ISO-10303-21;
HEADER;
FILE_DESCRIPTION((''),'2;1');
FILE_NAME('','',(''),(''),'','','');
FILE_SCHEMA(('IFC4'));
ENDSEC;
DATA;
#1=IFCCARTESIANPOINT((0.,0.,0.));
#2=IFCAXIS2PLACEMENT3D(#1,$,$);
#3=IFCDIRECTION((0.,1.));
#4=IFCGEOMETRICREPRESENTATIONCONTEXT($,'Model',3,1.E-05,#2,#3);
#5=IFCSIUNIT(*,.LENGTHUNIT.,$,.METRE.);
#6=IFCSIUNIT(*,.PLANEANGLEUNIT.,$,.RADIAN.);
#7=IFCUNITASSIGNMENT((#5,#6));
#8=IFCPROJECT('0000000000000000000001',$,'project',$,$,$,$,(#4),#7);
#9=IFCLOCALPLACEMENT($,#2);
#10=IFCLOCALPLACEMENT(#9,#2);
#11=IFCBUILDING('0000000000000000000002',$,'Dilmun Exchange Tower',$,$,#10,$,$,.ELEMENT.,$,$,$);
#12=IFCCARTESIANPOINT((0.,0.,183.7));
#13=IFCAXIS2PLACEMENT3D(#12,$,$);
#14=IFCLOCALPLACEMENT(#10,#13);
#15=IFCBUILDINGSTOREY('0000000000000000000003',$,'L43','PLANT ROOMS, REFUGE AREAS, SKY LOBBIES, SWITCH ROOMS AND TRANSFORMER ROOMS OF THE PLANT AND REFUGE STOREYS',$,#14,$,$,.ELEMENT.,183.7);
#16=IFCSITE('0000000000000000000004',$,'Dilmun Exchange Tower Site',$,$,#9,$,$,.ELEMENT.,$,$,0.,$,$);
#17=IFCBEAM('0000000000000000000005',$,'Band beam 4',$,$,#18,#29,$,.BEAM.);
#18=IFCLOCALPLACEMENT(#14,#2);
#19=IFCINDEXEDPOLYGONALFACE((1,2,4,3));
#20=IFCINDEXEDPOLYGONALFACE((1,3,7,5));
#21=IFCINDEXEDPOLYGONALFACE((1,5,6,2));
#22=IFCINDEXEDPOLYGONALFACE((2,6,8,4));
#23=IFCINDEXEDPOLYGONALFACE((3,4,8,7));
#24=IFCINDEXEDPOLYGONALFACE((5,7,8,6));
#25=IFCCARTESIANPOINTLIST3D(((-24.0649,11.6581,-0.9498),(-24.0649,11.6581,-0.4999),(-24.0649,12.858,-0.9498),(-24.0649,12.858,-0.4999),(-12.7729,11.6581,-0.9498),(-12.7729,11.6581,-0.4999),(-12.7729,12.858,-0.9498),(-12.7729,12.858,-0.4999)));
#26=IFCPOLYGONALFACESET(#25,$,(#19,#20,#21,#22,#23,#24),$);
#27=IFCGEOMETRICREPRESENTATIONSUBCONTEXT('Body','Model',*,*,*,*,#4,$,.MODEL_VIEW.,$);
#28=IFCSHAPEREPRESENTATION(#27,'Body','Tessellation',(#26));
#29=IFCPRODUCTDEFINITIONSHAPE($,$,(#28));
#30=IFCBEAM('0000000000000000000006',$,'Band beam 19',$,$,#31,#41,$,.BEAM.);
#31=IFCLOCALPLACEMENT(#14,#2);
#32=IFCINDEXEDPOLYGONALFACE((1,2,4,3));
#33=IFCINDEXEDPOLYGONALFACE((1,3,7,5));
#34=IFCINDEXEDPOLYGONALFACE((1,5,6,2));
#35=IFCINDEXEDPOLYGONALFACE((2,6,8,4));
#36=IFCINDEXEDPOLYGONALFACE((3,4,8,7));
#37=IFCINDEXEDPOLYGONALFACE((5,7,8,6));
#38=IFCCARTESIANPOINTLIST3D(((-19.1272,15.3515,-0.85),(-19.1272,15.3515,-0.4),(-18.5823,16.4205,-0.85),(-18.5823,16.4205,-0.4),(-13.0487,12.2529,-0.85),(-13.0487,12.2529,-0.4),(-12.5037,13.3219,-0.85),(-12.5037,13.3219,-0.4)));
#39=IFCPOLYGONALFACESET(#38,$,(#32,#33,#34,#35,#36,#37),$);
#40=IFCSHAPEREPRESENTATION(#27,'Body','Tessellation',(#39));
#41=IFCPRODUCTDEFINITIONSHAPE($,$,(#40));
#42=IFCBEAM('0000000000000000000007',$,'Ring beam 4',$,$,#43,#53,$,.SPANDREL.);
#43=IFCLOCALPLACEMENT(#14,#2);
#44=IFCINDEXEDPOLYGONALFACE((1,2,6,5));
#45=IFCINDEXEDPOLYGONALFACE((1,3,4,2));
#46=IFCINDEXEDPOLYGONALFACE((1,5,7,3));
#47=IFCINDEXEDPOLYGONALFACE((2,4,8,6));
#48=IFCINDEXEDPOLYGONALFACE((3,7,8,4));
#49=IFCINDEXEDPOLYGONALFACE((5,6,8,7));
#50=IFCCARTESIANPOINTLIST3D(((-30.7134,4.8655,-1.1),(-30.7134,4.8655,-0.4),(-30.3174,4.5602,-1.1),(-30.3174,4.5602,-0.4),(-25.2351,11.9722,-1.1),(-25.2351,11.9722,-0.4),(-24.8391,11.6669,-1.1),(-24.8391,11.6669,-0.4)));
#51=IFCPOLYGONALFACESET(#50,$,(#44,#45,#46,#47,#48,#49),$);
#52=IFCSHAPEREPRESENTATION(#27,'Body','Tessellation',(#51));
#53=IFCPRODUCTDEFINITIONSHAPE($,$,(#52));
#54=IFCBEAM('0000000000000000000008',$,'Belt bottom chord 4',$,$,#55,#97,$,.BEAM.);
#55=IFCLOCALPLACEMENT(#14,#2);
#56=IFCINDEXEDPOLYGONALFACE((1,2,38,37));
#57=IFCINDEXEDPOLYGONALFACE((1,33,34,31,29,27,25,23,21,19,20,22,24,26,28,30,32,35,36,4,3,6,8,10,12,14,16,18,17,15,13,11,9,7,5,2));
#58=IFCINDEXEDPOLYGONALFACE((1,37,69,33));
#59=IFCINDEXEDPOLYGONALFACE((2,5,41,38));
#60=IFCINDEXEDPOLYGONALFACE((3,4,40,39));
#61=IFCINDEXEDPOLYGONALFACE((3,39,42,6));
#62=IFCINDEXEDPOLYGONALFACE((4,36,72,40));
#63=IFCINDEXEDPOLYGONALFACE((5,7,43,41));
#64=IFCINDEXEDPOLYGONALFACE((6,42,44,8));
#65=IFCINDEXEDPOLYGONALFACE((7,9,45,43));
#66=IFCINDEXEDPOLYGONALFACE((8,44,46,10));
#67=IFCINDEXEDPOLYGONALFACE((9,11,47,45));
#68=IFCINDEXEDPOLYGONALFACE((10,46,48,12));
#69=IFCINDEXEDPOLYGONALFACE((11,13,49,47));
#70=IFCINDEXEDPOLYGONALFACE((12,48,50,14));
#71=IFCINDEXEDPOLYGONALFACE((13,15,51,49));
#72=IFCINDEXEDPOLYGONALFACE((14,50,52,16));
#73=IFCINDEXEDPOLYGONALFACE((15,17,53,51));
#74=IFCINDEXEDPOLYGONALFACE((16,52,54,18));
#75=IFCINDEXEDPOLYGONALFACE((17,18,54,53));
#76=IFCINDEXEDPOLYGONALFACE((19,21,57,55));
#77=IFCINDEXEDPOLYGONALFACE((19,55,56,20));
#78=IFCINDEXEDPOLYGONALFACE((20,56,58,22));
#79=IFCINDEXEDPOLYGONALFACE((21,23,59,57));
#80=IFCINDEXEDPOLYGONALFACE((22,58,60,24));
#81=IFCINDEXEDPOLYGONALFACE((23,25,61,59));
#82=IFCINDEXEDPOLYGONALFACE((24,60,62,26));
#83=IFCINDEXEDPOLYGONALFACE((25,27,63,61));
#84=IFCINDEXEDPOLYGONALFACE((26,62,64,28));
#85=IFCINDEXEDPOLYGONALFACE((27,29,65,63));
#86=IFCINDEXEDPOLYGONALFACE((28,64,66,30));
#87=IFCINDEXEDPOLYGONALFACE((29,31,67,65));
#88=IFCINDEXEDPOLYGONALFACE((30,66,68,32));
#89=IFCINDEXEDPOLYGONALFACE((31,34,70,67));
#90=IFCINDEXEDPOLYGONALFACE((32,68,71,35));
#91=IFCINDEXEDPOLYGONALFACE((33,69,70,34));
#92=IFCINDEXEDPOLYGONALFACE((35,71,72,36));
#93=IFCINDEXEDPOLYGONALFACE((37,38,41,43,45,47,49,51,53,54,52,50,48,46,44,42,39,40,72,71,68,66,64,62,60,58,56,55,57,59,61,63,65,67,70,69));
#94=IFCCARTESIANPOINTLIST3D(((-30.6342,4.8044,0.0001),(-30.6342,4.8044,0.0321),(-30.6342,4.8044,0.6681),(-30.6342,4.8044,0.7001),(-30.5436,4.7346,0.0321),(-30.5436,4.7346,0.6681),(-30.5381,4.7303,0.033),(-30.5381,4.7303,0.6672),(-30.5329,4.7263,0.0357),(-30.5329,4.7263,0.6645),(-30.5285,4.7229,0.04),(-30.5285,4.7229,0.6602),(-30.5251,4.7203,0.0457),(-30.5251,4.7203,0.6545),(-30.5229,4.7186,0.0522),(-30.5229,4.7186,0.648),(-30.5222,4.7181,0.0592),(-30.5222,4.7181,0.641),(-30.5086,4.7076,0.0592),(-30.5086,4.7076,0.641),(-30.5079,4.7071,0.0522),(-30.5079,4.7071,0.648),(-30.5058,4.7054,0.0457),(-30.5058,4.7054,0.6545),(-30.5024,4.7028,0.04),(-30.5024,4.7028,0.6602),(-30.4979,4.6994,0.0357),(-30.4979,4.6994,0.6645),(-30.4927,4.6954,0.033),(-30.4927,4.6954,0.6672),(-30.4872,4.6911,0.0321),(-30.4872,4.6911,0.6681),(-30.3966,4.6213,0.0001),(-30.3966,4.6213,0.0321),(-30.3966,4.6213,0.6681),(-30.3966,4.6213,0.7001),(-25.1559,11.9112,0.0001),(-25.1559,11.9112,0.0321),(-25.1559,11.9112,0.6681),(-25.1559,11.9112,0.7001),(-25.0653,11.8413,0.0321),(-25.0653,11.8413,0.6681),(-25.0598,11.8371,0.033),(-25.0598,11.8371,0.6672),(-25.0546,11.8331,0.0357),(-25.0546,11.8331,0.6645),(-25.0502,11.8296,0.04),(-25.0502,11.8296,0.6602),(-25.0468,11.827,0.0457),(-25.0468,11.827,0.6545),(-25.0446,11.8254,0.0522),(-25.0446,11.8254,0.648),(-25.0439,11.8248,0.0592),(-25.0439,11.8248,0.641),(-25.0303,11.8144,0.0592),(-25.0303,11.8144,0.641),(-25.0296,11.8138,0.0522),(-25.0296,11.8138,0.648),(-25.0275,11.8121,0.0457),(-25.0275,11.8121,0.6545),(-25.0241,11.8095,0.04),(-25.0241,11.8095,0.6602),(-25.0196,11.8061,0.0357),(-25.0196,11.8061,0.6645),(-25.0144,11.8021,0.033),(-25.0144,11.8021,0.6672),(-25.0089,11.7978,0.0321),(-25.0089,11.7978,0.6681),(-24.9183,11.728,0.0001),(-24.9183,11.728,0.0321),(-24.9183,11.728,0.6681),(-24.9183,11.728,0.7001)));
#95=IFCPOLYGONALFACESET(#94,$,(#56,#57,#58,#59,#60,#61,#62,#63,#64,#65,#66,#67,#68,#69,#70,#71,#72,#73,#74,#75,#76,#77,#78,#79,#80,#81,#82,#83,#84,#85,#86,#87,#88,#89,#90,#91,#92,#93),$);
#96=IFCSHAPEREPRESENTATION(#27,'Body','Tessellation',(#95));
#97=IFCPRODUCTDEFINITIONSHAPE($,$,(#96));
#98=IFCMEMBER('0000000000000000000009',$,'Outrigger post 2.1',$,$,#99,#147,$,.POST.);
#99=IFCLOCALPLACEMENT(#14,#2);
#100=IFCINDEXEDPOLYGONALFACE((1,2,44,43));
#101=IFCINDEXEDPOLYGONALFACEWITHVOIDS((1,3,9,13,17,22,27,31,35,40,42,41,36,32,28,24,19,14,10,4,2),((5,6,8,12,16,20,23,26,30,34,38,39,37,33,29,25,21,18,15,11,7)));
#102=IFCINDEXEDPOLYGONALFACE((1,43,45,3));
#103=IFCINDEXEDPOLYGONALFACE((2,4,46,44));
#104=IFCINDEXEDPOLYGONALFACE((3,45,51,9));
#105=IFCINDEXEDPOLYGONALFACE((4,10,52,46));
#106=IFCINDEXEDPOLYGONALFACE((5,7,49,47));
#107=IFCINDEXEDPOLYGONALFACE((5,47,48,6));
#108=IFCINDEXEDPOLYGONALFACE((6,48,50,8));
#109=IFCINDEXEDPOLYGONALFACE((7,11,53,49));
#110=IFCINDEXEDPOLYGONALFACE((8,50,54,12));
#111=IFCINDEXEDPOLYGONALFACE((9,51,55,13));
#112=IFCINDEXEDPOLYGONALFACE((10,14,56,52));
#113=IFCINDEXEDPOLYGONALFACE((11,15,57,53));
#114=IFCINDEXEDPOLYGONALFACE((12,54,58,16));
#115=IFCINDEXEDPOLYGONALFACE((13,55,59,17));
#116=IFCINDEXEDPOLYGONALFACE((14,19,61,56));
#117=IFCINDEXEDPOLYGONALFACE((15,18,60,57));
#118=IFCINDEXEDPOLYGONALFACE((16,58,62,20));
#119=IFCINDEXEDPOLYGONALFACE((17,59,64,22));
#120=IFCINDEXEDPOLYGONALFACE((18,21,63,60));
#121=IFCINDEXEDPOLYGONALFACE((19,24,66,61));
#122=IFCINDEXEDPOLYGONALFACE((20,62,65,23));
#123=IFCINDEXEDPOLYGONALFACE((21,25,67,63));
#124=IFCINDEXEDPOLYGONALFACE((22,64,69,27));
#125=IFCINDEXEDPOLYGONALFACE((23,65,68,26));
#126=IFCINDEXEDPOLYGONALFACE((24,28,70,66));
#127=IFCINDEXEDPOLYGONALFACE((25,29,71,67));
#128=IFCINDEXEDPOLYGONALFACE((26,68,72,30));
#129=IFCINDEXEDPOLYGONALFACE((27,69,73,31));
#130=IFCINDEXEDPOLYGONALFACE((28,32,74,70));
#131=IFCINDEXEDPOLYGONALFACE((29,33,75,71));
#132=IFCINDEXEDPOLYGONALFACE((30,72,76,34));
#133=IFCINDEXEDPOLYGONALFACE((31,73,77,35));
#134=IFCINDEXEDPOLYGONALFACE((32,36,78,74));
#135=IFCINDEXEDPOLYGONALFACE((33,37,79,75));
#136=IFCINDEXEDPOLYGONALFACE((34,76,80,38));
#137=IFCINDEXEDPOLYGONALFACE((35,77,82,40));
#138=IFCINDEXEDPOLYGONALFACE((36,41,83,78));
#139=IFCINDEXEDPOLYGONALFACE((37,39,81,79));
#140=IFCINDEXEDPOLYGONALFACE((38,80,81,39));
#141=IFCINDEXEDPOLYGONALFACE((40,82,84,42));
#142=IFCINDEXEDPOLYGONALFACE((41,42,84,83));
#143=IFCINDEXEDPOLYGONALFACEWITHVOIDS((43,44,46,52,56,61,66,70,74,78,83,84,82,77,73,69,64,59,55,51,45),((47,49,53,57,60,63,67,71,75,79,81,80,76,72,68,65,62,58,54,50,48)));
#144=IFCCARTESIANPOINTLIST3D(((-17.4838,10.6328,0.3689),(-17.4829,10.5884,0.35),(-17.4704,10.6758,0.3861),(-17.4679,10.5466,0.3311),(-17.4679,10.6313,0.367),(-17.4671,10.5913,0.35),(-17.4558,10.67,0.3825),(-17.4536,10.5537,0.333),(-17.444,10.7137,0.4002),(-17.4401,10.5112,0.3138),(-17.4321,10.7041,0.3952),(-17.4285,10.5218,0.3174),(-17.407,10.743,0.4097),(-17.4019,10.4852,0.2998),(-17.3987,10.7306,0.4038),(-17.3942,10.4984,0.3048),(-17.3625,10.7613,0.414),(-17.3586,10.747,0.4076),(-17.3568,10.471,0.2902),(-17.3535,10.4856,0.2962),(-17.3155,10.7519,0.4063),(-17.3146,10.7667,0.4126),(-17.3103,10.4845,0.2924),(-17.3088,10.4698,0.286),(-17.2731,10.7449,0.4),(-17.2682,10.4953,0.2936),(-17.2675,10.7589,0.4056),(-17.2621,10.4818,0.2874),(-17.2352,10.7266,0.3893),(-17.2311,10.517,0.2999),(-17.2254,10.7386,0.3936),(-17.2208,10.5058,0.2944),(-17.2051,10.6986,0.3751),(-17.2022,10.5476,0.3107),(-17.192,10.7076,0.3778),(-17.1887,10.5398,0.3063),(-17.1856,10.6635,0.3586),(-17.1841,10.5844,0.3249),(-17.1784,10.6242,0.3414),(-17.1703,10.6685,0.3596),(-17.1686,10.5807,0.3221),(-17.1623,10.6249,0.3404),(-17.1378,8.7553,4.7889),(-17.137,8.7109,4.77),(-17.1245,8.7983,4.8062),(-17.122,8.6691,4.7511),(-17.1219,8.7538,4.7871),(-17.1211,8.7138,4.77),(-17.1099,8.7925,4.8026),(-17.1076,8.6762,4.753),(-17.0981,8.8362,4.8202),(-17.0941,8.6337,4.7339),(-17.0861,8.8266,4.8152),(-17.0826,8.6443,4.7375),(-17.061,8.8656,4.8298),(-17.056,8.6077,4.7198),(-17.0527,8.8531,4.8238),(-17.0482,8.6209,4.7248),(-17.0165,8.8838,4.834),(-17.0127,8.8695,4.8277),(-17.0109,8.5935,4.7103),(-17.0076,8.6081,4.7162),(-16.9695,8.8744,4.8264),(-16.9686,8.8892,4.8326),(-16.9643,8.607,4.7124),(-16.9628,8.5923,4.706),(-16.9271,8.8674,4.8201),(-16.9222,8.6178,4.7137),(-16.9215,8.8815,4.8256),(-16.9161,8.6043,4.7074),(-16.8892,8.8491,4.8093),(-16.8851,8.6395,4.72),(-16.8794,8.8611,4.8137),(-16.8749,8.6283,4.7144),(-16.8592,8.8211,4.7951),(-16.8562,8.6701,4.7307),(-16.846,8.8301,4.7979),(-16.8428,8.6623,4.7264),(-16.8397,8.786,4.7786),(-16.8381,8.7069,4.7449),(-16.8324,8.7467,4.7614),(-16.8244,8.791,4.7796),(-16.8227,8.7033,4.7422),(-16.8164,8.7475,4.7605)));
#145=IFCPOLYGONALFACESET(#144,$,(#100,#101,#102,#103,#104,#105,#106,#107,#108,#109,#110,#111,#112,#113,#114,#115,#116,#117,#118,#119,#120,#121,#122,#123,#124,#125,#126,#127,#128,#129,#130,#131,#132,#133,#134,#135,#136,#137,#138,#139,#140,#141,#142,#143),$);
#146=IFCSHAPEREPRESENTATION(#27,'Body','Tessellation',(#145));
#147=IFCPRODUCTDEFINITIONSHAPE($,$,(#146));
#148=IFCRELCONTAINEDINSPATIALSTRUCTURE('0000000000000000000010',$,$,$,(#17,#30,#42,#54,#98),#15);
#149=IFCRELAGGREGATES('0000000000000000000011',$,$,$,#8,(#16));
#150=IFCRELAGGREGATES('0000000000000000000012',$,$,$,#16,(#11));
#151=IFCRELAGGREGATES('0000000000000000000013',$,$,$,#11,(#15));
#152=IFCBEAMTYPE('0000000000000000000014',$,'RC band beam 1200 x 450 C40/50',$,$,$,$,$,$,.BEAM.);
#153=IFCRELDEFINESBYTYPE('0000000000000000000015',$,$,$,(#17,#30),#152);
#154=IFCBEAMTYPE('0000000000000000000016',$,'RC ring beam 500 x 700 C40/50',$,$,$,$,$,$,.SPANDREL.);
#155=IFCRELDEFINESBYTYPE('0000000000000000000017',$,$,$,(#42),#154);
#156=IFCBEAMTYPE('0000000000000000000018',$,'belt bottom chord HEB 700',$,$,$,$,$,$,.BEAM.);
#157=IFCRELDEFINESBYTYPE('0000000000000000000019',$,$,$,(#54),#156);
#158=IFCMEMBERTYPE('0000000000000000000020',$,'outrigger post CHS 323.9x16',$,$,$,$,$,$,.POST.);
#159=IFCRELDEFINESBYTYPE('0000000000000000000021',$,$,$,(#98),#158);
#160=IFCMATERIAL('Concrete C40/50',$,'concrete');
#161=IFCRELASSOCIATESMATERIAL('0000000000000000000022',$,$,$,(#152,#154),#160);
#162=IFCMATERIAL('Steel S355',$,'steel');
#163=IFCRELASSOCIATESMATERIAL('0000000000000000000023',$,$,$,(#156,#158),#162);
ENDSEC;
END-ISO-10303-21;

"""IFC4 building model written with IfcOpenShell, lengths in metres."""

from ifc_helpers import new_model, si_unit, direction, frame, origin, origin_2d, place, context, subcontext, project, spatial, rectangle, hollow_circle, i_section, extrude, material, material_profile, profile_set, type_object, element, save


model = new_model("IFC4")

# Units and contexts
model_context = context("Model", 3, precision=1e-05, world=origin(), true_north=direction((0.0, 1.0)))
body_context = subcontext(model_context, "Body", "Model", "MODEL_VIEW")
ifc_project = project(units=[si_unit("LENGTHUNIT", "METRE"), si_unit("PLANEANGLEUNIT", "RADIAN")], contexts=[model_context])

# Site, building, storey
site_placement = place(None, origin())
site = spatial("IfcSite", under=ifc_project, at=site_placement, Name="Dilmun Exchange Tower Site", CompositionType="ELEMENT", RefElevation=0.0)
building_placement = place(site_placement, origin())
building = spatial("IfcBuilding", under=site, at=building_placement, Name="Dilmun Exchange Tower", CompositionType="ELEMENT")
storey_placement = place(building_placement, frame((0.0, 0.0, 183.7)))
storey = spatial("IfcBuildingStorey", under=building, at=storey_placement, Name="L43", Description="PLANT ROOMS, REFUGE AREAS, SKY LOBBIES, SWITCH ROOMS AND TRANSFORMER ROOMS OF THE PLANT AND REFUGE STOREYS", CompositionType="ELEMENT", Elevation=183.7)

# Beams
ifc_material_1 = material(Name="Concrete C40/50", Category="concrete")
ifc_material_profile_1 = material_profile(ifc_material_1, rectangle(XDim=1.2, YDim=0.45, at=origin_2d()), Name="1200 x 450")
ifc_profile_set_1 = profile_set([ifc_material_profile_1], Name="Concrete C40/50")
beam_type_1 = type_object("IfcBeamType", Name="RC band beam 1200 x 450 C40/50", PredefinedType="BEAM", material=ifc_profile_set_1)
beam_1_placement = place(storey_placement, frame((-24.0649, 12.2581, -0.7249), z_axis=(1.0, 0.0, 0.0), x_axis=(0.0, 1.0, 0.0)))
element("IfcBeam", 1, at=beam_1_placement, inside=storey, type_object=beam_type_1, Name="Band beam 4", PredefinedType="BEAM", context=body_context, shape_type="SweptSolid", body=[
    extrude(rectangle(XDim=1.2, YDim=0.45, at=origin_2d()), origin(), (0.0, 0.0, 1.0), 11.292),
])
beam_2_placement = place(storey_placement, frame((-18.8547, 15.886, -0.625), z_axis=(0.890922, -0.454156, 0.0), x_axis=(0.454156, 0.890922, 0.0)))
element("IfcBeam", 2, at=beam_2_placement, inside=storey, type_object=beam_type_1, Name="Band beam 19", PredefinedType="BEAM", context=body_context, shape_type="SweptSolid", body=[
    extrude(rectangle(XDim=1.2, YDim=0.45, at=origin_2d()), origin(), (0.0, 0.0, 1.0), 6.8228),
])
ifc_material_profile_2 = material_profile(ifc_material_1, rectangle(XDim=0.5, YDim=0.7, at=origin_2d()), Name="500 x 700")
ifc_profile_set_2 = profile_set([ifc_material_profile_2], Name="Concrete C40/50")
beam_type_2 = type_object("IfcBeamType", Name="RC ring beam 500 x 700 C40/50", PredefinedType="SPANDREL", material=ifc_profile_set_2)
beam_3_placement = place(storey_placement, frame((-25.0371, 11.8196, -0.75), z_axis=(-0.610522, -0.792, 0.0), x_axis=(0.792, -0.610522, 0.0)))
element("IfcBeam", 3, at=beam_3_placement, inside=storey, type_object=beam_type_2, Name="Ring beam 4", PredefinedType="SPANDREL", context=body_context, shape_type="SweptSolid", body=[
    extrude(rectangle(XDim=0.5, YDim=0.7, at=origin_2d()), origin(), (0.0, 0.0, 1.0), 8.9731),
])
ifc_material_2 = material(Name="Steel S355", Category="steel")
ifc_material_profile_3 = material_profile(ifc_material_2, i_section(OverallWidth=0.3, OverallDepth=0.7, WebThickness=0.0171, FlangeThickness=0.032, FilletRadius=0.0271, at=origin_2d()), Name="HEB 700")
ifc_profile_set_3 = profile_set([ifc_material_profile_3], Name="Steel S355")
beam_type_3 = type_object("IfcBeamType", Name="belt bottom chord HEB 700", PredefinedType="BEAM", material=ifc_profile_set_3)
beam_4_placement = place(storey_placement, frame((-25.0371, 11.8196, 0.3501), z_axis=(-0.610522, -0.792, 0.0), x_axis=(0.792, -0.610522, 0.0)))
element("IfcBeam", 4, at=beam_4_placement, inside=storey, type_object=beam_type_3, Name="Belt bottom chord 4", PredefinedType="BEAM", context=body_context, shape_type="SweptSolid", body=[
    extrude(i_section(OverallWidth=0.3, OverallDepth=0.7, WebThickness=0.0171, FlangeThickness=0.032, FilletRadius=0.0271, at=origin_2d()), origin(), (0.0, 0.0, 1.0), 8.9731),
])

# Member
ifc_material_profile_4 = material_profile(ifc_material_2, hollow_circle(Radius=0.1619, WallThickness=0.0161, at=origin_2d()), Name="CHS 323.9x16")
ifc_profile_set_4 = profile_set([ifc_material_profile_4], Name="Steel S355")
member_type_1 = type_object("IfcMemberType", Name="outrigger post CHS 323.9x16", PredefinedType="POST", material=ifc_profile_set_4)
member_1_placement = place(storey_placement, frame((-16.9778, 8.7402, 4.77), z_axis=(-0.071854, 0.389949, -0.918029), x_axis=(-0.983444, -0.181215, 0.0)))
element("IfcMember", 5, at=member_1_placement, inside=storey, type_object=member_type_1, Name="Outrigger post 2.1", PredefinedType="POST", context=body_context, shape_type="SweptSolid", body=[
    extrude(hollow_circle(Radius=0.1619, WallThickness=0.0161, at=origin_2d()), origin(), (0.0, 0.0, 1.0), 4.8147),
])

save(model, "model.ifc")
